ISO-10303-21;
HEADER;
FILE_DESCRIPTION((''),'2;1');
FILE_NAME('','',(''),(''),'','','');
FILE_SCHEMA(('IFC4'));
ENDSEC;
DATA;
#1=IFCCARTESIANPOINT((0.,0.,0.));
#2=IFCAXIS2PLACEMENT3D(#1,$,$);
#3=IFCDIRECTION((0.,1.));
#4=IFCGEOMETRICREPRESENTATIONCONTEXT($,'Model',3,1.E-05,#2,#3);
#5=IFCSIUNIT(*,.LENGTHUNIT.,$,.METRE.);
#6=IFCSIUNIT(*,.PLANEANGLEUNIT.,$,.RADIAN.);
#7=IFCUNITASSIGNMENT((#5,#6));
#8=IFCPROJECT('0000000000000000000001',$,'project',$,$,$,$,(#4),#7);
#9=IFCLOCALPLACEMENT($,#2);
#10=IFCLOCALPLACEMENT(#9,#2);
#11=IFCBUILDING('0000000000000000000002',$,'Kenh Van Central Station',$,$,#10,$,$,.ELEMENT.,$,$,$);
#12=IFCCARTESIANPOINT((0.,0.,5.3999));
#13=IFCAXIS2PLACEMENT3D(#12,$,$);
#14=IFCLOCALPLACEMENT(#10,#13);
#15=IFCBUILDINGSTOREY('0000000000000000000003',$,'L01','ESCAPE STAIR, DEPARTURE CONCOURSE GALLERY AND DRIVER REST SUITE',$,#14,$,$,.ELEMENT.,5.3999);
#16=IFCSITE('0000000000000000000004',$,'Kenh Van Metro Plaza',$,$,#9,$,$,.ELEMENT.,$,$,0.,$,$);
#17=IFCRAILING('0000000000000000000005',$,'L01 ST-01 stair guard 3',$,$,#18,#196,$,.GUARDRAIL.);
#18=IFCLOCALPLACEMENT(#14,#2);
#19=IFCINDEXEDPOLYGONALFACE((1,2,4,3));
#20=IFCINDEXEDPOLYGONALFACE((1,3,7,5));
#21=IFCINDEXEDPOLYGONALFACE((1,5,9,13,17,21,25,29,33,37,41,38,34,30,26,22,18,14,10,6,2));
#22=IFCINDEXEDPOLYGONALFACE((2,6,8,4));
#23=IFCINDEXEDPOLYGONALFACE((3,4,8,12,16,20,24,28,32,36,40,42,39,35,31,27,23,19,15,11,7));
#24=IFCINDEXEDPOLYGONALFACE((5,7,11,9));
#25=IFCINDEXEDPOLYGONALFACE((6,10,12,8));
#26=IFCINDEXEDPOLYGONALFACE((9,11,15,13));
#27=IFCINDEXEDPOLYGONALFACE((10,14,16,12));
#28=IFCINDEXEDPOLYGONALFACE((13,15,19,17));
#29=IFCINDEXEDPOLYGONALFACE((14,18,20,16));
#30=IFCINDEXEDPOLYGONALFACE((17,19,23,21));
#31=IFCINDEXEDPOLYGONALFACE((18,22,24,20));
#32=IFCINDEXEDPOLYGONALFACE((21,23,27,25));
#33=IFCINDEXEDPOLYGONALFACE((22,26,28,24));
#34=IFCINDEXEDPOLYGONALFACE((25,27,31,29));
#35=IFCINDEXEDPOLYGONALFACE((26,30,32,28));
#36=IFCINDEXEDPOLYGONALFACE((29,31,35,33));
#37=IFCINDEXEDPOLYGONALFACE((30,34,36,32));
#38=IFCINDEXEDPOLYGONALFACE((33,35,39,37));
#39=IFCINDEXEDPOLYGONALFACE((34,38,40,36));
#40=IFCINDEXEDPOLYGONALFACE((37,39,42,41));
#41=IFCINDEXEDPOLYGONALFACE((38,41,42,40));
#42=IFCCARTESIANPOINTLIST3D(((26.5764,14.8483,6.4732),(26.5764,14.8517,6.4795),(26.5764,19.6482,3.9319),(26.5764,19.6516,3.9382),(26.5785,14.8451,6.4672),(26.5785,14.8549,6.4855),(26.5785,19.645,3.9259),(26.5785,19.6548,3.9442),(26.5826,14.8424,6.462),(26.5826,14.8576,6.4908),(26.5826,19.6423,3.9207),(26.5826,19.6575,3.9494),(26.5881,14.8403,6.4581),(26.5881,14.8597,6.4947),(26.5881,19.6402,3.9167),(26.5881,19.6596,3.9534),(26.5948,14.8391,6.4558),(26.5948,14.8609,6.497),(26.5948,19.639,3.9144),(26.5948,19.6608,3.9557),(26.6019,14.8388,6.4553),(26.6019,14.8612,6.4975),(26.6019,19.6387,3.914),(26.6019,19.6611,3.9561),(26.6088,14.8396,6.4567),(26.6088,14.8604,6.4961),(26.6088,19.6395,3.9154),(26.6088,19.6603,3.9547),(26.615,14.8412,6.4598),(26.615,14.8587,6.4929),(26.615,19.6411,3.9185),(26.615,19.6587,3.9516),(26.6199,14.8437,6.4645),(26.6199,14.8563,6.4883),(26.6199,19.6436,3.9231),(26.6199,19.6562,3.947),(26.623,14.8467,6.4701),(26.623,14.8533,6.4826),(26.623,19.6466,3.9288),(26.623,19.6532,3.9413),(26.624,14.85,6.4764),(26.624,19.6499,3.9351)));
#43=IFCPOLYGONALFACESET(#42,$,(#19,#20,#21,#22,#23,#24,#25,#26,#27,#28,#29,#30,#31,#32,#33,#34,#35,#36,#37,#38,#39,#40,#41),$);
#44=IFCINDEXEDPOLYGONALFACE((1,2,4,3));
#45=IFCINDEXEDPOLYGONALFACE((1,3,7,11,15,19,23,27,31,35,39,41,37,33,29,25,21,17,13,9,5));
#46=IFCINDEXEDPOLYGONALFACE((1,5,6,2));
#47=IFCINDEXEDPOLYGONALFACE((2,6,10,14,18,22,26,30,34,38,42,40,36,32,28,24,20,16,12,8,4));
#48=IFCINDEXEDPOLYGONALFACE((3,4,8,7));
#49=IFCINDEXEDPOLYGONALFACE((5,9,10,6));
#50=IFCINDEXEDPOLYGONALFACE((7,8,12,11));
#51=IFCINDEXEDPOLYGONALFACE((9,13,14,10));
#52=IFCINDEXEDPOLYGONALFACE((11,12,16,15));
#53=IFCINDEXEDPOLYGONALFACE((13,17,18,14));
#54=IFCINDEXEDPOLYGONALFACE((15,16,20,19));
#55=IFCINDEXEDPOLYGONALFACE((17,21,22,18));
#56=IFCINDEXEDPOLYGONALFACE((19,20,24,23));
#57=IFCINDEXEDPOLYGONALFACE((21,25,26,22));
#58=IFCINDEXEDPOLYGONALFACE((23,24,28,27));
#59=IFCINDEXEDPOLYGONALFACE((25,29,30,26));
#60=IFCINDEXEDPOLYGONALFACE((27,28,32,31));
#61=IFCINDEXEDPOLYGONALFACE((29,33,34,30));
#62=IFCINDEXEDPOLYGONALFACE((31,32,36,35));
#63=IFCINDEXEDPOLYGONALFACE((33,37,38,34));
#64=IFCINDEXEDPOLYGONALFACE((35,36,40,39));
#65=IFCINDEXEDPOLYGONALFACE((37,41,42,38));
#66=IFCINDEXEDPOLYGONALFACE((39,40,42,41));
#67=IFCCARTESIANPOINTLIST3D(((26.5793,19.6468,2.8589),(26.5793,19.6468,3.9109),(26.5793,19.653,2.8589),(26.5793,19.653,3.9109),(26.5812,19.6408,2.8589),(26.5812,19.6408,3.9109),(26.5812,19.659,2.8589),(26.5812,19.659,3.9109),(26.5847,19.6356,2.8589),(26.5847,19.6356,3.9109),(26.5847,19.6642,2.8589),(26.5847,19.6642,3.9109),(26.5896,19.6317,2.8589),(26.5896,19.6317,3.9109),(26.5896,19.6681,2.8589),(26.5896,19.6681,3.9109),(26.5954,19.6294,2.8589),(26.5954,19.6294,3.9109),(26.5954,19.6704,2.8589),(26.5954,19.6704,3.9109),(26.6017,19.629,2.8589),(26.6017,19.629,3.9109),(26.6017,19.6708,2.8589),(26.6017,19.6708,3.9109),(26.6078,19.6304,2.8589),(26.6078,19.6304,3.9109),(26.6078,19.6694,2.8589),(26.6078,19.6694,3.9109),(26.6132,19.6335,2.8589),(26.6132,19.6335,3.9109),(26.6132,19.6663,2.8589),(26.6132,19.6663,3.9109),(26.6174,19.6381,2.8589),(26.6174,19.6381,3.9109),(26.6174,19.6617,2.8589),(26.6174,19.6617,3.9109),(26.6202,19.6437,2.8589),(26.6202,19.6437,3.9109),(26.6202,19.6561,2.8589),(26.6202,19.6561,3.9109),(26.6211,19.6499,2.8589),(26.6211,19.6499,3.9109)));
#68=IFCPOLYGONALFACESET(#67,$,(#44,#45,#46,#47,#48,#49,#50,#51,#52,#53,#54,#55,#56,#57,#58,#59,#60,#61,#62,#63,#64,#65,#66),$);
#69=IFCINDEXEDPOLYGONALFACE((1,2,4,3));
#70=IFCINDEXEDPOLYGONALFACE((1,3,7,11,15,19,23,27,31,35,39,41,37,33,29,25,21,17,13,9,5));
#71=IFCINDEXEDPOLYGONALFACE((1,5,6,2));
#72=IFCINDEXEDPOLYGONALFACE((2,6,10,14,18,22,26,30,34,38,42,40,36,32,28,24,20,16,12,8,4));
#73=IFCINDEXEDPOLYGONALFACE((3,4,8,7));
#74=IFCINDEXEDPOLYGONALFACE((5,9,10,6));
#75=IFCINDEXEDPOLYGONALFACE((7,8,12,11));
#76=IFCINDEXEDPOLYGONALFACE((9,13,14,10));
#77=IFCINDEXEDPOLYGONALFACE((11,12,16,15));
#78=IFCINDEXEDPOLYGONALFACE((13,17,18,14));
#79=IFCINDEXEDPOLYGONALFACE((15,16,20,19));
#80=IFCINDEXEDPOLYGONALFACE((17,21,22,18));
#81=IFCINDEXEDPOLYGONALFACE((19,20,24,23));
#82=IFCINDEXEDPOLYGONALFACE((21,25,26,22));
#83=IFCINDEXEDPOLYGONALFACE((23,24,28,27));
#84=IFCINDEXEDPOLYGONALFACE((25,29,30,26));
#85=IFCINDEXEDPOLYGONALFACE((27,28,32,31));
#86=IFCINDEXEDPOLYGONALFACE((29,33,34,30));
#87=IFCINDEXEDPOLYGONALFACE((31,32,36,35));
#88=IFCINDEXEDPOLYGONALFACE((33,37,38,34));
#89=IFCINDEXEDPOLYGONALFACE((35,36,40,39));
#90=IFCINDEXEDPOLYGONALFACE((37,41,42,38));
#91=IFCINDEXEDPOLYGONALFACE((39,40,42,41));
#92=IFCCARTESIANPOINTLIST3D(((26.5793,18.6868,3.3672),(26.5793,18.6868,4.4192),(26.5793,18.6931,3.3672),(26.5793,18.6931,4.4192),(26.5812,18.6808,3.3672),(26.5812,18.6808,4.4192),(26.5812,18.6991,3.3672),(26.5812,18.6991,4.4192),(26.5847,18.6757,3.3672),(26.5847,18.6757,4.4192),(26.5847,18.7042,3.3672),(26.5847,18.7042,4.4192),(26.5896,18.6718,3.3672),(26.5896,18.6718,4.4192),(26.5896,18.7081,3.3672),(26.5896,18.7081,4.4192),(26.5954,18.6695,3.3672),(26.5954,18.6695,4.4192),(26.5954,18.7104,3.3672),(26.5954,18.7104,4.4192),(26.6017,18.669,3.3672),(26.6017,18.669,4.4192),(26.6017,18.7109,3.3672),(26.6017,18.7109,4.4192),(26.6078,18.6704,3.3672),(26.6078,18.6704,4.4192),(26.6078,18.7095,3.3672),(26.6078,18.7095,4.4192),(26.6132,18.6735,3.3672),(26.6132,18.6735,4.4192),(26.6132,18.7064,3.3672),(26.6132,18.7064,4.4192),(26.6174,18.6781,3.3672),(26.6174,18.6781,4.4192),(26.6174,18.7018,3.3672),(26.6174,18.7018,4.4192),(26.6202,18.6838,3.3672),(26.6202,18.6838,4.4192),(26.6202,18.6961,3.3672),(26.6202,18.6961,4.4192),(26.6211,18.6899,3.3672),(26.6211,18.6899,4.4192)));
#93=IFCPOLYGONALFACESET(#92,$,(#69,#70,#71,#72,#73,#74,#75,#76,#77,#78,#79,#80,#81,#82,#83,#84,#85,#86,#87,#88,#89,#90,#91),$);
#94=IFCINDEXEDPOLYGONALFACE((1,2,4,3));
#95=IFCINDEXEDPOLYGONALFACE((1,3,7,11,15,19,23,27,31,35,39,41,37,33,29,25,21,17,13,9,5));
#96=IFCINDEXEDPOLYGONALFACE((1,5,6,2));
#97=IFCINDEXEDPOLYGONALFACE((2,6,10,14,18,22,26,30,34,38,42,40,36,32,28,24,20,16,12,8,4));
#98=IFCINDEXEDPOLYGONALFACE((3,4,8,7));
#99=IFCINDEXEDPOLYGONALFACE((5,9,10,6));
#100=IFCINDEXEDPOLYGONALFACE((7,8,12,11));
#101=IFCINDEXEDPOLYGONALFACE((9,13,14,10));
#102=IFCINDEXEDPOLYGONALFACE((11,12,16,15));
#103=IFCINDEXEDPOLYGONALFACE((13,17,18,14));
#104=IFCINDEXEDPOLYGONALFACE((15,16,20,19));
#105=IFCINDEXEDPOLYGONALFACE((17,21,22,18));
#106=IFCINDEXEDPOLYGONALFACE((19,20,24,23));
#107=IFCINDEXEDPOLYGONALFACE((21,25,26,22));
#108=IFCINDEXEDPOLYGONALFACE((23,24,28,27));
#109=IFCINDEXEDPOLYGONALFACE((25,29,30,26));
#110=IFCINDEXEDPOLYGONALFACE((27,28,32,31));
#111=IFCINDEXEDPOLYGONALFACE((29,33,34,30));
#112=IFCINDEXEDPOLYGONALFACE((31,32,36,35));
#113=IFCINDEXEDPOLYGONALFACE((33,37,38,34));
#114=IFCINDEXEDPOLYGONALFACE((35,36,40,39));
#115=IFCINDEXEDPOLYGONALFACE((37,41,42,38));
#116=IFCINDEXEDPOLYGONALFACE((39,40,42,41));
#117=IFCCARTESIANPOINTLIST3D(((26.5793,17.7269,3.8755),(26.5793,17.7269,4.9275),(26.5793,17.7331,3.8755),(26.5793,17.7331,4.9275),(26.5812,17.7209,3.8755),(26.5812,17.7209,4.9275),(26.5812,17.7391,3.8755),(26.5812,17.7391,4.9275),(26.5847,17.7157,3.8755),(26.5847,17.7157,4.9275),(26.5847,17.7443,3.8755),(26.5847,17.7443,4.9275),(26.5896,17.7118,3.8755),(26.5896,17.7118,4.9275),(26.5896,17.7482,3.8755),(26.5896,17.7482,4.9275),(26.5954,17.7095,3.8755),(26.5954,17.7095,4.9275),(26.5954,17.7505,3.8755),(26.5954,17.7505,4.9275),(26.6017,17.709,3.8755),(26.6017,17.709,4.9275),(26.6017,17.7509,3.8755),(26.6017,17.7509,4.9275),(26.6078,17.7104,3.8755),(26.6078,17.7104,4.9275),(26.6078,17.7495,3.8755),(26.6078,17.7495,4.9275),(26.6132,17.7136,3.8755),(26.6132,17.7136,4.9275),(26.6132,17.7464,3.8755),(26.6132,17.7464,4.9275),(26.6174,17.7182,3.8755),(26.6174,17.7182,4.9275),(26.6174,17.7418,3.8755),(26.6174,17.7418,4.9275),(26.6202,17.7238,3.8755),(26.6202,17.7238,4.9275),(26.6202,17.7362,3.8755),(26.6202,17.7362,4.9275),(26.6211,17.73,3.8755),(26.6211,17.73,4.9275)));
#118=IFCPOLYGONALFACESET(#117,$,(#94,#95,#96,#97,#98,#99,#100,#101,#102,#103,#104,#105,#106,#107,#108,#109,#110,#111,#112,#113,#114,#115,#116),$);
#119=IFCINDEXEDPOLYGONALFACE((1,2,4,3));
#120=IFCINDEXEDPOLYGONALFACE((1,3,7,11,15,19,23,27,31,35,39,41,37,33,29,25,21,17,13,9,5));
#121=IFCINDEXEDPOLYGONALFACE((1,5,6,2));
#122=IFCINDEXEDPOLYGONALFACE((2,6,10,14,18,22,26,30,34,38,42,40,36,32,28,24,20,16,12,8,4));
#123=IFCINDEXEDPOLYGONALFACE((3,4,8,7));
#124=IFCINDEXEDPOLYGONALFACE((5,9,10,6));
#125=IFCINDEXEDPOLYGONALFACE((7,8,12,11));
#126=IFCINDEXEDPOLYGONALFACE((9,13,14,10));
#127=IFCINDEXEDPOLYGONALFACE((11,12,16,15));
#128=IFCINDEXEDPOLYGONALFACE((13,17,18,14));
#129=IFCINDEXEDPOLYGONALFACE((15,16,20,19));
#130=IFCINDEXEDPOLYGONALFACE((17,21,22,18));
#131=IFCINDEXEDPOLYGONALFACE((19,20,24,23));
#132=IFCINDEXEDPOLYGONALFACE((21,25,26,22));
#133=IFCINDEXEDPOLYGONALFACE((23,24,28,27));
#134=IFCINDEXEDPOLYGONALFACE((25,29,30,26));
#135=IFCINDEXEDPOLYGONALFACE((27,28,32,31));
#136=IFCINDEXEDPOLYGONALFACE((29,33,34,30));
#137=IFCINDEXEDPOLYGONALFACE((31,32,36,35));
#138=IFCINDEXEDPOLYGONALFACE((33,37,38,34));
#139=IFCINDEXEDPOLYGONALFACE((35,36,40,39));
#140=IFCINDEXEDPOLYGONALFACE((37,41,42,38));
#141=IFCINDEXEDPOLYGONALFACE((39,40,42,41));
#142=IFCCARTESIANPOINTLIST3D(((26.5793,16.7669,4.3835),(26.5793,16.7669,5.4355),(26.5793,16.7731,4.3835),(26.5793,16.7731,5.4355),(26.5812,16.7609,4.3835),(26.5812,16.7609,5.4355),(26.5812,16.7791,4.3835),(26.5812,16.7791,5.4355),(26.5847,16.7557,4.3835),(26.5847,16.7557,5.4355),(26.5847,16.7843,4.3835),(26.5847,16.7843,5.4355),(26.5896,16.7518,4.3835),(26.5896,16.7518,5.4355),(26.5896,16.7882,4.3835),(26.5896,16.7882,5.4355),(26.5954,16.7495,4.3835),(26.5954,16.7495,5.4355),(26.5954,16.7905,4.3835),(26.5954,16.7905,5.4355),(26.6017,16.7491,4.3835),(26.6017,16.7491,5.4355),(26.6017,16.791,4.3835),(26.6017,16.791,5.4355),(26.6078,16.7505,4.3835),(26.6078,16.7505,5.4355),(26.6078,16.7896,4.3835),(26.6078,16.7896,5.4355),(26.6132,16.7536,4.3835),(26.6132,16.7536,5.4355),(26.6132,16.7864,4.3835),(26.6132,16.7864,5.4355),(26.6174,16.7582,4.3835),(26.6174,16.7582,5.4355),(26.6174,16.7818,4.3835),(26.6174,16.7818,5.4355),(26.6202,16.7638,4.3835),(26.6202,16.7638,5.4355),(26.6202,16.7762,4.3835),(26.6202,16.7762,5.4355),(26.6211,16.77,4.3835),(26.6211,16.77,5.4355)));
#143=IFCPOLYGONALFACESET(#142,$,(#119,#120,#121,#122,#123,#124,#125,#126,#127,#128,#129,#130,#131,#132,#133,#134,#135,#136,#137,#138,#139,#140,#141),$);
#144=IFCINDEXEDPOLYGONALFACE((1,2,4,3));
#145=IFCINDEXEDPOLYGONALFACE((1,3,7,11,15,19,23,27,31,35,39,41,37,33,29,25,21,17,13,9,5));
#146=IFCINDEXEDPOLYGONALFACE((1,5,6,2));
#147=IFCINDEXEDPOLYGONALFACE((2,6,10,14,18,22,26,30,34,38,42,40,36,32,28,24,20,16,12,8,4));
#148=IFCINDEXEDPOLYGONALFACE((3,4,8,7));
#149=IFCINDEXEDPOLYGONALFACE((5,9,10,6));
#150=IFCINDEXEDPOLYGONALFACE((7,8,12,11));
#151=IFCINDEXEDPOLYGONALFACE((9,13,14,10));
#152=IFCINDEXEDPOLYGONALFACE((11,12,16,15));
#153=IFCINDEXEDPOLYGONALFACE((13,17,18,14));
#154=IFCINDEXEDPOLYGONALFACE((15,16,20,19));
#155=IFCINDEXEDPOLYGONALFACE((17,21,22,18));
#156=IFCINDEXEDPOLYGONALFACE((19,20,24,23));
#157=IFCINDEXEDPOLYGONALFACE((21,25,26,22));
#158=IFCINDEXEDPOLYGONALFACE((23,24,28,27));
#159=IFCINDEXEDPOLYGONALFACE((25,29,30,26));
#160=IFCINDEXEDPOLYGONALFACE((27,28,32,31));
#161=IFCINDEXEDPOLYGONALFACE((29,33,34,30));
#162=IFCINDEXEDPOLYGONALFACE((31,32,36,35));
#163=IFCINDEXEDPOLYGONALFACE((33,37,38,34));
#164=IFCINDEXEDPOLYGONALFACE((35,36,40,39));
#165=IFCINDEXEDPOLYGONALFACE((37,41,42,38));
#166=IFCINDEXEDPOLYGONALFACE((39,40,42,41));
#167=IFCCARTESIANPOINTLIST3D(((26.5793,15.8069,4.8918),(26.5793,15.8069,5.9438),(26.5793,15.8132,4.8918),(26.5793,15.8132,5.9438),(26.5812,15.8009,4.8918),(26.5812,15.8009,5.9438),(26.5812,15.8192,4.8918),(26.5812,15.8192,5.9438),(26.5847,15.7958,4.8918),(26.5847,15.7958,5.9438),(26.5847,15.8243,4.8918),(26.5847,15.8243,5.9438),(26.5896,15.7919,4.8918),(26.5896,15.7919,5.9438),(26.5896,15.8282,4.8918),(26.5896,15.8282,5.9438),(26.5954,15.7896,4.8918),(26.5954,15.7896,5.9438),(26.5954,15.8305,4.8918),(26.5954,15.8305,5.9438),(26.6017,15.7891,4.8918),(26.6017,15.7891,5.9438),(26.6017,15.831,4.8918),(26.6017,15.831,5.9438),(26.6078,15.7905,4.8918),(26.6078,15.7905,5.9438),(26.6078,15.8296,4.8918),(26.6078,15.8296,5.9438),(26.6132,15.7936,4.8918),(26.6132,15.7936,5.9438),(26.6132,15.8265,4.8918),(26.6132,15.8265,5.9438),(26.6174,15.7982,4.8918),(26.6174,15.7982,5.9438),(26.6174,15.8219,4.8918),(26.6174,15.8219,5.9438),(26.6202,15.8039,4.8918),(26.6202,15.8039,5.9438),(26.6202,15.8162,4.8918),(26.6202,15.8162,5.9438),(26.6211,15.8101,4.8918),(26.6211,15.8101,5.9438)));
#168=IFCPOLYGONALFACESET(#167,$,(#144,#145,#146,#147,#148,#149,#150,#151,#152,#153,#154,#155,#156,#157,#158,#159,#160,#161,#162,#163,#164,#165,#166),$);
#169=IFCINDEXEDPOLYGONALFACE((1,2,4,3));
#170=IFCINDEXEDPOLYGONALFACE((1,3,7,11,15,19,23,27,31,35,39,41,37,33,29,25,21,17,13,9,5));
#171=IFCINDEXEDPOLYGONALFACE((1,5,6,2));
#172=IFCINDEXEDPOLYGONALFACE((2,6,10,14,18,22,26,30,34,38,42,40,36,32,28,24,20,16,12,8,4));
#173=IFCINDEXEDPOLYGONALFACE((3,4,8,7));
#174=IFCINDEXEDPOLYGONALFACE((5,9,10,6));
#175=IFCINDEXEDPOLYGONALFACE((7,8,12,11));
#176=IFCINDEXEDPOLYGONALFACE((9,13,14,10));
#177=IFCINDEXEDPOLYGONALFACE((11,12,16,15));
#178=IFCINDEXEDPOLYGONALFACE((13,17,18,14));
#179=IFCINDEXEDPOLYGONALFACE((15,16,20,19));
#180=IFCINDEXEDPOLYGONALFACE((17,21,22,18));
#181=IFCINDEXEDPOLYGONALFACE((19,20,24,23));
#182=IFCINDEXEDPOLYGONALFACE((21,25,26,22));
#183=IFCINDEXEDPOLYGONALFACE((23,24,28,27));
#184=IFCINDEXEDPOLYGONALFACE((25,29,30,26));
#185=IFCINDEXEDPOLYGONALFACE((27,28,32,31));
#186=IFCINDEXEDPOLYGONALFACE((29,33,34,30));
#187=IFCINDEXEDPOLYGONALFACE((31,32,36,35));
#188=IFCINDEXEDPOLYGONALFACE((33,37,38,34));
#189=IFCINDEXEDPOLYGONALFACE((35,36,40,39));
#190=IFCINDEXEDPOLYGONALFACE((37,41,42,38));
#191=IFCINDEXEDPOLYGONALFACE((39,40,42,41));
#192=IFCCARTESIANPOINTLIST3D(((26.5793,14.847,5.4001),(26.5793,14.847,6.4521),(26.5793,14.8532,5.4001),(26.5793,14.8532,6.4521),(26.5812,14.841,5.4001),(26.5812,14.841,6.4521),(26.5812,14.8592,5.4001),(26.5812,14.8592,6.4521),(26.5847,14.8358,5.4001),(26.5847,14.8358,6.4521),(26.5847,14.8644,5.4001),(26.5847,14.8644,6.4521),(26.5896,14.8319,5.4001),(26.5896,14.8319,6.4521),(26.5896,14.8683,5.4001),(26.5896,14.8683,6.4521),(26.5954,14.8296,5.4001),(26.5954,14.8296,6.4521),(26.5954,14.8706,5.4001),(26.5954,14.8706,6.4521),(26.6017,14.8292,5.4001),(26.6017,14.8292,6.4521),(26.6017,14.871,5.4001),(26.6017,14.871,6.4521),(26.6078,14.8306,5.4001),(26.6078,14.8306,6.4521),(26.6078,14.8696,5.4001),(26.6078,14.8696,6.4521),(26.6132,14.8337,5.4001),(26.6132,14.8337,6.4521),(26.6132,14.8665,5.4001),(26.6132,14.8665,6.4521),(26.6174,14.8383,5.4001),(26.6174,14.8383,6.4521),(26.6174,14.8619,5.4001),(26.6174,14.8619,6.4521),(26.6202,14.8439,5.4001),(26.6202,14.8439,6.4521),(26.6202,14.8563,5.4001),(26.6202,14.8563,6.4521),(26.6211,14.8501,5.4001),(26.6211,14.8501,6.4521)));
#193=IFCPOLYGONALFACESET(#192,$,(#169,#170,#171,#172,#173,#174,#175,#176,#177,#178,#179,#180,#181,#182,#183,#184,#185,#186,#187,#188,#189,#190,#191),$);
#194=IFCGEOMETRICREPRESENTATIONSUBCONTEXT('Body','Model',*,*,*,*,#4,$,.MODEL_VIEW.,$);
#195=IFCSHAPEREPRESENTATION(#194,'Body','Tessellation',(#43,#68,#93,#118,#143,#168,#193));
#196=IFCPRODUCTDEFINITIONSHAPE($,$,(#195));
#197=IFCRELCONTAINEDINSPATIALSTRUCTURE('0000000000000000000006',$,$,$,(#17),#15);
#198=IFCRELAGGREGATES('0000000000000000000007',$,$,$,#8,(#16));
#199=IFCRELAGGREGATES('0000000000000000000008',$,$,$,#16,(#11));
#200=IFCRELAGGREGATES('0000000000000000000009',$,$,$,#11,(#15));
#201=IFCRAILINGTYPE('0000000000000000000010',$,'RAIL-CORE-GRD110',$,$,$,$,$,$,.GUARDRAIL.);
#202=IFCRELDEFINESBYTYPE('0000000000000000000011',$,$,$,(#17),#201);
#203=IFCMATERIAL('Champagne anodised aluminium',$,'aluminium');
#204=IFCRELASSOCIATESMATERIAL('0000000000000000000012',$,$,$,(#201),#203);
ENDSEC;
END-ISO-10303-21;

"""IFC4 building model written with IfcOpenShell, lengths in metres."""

from ifc_helpers import new_model, si_unit, direction, frame, origin, origin_2d, place, context, subcontext, project, spatial, circle, extrude, material, type_object, element, save


model = new_model("IFC4")

# Units and contexts
model_context = context("Model", 3, precision=1e-05, world=origin(), true_north=direction((0.0, 1.0)))
body_context = subcontext(model_context, "Body", "Model", "MODEL_VIEW")
ifc_project = project(units=[si_unit("LENGTHUNIT", "METRE"), si_unit("PLANEANGLEUNIT", "RADIAN")], contexts=[model_context])

# Site, building, storey
site_placement = place(None, origin())
site = spatial("IfcSite", under=ifc_project, at=site_placement, Name="Kenh Van Metro Plaza", CompositionType="ELEMENT", RefElevation=0.0)
building_placement = place(site_placement, origin())
building = spatial("IfcBuilding", under=site, at=building_placement, Name="Kenh Van Central Station", CompositionType="ELEMENT")
storey_placement = place(building_placement, frame((0.0, 0.0, 5.3999)))
storey = spatial("IfcBuildingStorey", under=building, at=storey_placement, Name="L01", Description="ESCAPE STAIR, DEPARTURE CONCOURSE GALLERY AND DRIVER REST SUITE", CompositionType="ELEMENT", Elevation=5.3999)

# Railing
ifc_material_1 = material(Name="Champagne anodised aluminium", Category="aluminium")
railing_type = type_object("IfcRailingType", Name="RAIL-CORE-GRD110", PredefinedType="GUARDRAIL", material=ifc_material_1)
railing_1_placement = place(storey_placement, frame((26.6001, 19.6499, 2.8589)))
element("IfcRailing", 1, at=railing_1_placement, inside=storey, type_object=railing_type, Name="L01 ST-01 stair guard 3", PredefinedType="GUARDRAIL", context=body_context, shape_type="SweptSolid", body=[
    extrude(circle(Radius=0.0239, at=origin_2d()), frame((0.0, 0.0, 1.0762), z_axis=(0.0, -0.883774, 0.467915), x_axis=(1.0, 0.0, 0.0)), (0.0, 0.0, 1.0), 5.4312),
    extrude(circle(Radius=0.021, at=origin_2d()), origin(), (0.0, 0.0, 1.0), 1.052),
    extrude(circle(Radius=0.021, at=origin_2d()), frame((0.0, -0.96, 0.5083)), (0.0, 0.0, 1.0), 1.052),
    extrude(circle(Radius=0.021, at=origin_2d()), frame((0.0, -1.9199, 1.0166)), (0.0, 0.0, 1.0), 1.052),
    extrude(circle(Radius=0.021, at=origin_2d()), frame((0.0, -2.8799, 1.5247)), (0.0, 0.0, 1.0), 1.052),
    extrude(circle(Radius=0.021, at=origin_2d()), frame((0.0, -3.8398, 2.033)), (0.0, 0.0, 1.0), 1.052),
    extrude(circle(Radius=0.021, at=origin_2d()), frame((0.0, -4.7998, 2.5413)), (0.0, 0.0, 1.0), 1.052),
])

save(model, "model.ifc")
